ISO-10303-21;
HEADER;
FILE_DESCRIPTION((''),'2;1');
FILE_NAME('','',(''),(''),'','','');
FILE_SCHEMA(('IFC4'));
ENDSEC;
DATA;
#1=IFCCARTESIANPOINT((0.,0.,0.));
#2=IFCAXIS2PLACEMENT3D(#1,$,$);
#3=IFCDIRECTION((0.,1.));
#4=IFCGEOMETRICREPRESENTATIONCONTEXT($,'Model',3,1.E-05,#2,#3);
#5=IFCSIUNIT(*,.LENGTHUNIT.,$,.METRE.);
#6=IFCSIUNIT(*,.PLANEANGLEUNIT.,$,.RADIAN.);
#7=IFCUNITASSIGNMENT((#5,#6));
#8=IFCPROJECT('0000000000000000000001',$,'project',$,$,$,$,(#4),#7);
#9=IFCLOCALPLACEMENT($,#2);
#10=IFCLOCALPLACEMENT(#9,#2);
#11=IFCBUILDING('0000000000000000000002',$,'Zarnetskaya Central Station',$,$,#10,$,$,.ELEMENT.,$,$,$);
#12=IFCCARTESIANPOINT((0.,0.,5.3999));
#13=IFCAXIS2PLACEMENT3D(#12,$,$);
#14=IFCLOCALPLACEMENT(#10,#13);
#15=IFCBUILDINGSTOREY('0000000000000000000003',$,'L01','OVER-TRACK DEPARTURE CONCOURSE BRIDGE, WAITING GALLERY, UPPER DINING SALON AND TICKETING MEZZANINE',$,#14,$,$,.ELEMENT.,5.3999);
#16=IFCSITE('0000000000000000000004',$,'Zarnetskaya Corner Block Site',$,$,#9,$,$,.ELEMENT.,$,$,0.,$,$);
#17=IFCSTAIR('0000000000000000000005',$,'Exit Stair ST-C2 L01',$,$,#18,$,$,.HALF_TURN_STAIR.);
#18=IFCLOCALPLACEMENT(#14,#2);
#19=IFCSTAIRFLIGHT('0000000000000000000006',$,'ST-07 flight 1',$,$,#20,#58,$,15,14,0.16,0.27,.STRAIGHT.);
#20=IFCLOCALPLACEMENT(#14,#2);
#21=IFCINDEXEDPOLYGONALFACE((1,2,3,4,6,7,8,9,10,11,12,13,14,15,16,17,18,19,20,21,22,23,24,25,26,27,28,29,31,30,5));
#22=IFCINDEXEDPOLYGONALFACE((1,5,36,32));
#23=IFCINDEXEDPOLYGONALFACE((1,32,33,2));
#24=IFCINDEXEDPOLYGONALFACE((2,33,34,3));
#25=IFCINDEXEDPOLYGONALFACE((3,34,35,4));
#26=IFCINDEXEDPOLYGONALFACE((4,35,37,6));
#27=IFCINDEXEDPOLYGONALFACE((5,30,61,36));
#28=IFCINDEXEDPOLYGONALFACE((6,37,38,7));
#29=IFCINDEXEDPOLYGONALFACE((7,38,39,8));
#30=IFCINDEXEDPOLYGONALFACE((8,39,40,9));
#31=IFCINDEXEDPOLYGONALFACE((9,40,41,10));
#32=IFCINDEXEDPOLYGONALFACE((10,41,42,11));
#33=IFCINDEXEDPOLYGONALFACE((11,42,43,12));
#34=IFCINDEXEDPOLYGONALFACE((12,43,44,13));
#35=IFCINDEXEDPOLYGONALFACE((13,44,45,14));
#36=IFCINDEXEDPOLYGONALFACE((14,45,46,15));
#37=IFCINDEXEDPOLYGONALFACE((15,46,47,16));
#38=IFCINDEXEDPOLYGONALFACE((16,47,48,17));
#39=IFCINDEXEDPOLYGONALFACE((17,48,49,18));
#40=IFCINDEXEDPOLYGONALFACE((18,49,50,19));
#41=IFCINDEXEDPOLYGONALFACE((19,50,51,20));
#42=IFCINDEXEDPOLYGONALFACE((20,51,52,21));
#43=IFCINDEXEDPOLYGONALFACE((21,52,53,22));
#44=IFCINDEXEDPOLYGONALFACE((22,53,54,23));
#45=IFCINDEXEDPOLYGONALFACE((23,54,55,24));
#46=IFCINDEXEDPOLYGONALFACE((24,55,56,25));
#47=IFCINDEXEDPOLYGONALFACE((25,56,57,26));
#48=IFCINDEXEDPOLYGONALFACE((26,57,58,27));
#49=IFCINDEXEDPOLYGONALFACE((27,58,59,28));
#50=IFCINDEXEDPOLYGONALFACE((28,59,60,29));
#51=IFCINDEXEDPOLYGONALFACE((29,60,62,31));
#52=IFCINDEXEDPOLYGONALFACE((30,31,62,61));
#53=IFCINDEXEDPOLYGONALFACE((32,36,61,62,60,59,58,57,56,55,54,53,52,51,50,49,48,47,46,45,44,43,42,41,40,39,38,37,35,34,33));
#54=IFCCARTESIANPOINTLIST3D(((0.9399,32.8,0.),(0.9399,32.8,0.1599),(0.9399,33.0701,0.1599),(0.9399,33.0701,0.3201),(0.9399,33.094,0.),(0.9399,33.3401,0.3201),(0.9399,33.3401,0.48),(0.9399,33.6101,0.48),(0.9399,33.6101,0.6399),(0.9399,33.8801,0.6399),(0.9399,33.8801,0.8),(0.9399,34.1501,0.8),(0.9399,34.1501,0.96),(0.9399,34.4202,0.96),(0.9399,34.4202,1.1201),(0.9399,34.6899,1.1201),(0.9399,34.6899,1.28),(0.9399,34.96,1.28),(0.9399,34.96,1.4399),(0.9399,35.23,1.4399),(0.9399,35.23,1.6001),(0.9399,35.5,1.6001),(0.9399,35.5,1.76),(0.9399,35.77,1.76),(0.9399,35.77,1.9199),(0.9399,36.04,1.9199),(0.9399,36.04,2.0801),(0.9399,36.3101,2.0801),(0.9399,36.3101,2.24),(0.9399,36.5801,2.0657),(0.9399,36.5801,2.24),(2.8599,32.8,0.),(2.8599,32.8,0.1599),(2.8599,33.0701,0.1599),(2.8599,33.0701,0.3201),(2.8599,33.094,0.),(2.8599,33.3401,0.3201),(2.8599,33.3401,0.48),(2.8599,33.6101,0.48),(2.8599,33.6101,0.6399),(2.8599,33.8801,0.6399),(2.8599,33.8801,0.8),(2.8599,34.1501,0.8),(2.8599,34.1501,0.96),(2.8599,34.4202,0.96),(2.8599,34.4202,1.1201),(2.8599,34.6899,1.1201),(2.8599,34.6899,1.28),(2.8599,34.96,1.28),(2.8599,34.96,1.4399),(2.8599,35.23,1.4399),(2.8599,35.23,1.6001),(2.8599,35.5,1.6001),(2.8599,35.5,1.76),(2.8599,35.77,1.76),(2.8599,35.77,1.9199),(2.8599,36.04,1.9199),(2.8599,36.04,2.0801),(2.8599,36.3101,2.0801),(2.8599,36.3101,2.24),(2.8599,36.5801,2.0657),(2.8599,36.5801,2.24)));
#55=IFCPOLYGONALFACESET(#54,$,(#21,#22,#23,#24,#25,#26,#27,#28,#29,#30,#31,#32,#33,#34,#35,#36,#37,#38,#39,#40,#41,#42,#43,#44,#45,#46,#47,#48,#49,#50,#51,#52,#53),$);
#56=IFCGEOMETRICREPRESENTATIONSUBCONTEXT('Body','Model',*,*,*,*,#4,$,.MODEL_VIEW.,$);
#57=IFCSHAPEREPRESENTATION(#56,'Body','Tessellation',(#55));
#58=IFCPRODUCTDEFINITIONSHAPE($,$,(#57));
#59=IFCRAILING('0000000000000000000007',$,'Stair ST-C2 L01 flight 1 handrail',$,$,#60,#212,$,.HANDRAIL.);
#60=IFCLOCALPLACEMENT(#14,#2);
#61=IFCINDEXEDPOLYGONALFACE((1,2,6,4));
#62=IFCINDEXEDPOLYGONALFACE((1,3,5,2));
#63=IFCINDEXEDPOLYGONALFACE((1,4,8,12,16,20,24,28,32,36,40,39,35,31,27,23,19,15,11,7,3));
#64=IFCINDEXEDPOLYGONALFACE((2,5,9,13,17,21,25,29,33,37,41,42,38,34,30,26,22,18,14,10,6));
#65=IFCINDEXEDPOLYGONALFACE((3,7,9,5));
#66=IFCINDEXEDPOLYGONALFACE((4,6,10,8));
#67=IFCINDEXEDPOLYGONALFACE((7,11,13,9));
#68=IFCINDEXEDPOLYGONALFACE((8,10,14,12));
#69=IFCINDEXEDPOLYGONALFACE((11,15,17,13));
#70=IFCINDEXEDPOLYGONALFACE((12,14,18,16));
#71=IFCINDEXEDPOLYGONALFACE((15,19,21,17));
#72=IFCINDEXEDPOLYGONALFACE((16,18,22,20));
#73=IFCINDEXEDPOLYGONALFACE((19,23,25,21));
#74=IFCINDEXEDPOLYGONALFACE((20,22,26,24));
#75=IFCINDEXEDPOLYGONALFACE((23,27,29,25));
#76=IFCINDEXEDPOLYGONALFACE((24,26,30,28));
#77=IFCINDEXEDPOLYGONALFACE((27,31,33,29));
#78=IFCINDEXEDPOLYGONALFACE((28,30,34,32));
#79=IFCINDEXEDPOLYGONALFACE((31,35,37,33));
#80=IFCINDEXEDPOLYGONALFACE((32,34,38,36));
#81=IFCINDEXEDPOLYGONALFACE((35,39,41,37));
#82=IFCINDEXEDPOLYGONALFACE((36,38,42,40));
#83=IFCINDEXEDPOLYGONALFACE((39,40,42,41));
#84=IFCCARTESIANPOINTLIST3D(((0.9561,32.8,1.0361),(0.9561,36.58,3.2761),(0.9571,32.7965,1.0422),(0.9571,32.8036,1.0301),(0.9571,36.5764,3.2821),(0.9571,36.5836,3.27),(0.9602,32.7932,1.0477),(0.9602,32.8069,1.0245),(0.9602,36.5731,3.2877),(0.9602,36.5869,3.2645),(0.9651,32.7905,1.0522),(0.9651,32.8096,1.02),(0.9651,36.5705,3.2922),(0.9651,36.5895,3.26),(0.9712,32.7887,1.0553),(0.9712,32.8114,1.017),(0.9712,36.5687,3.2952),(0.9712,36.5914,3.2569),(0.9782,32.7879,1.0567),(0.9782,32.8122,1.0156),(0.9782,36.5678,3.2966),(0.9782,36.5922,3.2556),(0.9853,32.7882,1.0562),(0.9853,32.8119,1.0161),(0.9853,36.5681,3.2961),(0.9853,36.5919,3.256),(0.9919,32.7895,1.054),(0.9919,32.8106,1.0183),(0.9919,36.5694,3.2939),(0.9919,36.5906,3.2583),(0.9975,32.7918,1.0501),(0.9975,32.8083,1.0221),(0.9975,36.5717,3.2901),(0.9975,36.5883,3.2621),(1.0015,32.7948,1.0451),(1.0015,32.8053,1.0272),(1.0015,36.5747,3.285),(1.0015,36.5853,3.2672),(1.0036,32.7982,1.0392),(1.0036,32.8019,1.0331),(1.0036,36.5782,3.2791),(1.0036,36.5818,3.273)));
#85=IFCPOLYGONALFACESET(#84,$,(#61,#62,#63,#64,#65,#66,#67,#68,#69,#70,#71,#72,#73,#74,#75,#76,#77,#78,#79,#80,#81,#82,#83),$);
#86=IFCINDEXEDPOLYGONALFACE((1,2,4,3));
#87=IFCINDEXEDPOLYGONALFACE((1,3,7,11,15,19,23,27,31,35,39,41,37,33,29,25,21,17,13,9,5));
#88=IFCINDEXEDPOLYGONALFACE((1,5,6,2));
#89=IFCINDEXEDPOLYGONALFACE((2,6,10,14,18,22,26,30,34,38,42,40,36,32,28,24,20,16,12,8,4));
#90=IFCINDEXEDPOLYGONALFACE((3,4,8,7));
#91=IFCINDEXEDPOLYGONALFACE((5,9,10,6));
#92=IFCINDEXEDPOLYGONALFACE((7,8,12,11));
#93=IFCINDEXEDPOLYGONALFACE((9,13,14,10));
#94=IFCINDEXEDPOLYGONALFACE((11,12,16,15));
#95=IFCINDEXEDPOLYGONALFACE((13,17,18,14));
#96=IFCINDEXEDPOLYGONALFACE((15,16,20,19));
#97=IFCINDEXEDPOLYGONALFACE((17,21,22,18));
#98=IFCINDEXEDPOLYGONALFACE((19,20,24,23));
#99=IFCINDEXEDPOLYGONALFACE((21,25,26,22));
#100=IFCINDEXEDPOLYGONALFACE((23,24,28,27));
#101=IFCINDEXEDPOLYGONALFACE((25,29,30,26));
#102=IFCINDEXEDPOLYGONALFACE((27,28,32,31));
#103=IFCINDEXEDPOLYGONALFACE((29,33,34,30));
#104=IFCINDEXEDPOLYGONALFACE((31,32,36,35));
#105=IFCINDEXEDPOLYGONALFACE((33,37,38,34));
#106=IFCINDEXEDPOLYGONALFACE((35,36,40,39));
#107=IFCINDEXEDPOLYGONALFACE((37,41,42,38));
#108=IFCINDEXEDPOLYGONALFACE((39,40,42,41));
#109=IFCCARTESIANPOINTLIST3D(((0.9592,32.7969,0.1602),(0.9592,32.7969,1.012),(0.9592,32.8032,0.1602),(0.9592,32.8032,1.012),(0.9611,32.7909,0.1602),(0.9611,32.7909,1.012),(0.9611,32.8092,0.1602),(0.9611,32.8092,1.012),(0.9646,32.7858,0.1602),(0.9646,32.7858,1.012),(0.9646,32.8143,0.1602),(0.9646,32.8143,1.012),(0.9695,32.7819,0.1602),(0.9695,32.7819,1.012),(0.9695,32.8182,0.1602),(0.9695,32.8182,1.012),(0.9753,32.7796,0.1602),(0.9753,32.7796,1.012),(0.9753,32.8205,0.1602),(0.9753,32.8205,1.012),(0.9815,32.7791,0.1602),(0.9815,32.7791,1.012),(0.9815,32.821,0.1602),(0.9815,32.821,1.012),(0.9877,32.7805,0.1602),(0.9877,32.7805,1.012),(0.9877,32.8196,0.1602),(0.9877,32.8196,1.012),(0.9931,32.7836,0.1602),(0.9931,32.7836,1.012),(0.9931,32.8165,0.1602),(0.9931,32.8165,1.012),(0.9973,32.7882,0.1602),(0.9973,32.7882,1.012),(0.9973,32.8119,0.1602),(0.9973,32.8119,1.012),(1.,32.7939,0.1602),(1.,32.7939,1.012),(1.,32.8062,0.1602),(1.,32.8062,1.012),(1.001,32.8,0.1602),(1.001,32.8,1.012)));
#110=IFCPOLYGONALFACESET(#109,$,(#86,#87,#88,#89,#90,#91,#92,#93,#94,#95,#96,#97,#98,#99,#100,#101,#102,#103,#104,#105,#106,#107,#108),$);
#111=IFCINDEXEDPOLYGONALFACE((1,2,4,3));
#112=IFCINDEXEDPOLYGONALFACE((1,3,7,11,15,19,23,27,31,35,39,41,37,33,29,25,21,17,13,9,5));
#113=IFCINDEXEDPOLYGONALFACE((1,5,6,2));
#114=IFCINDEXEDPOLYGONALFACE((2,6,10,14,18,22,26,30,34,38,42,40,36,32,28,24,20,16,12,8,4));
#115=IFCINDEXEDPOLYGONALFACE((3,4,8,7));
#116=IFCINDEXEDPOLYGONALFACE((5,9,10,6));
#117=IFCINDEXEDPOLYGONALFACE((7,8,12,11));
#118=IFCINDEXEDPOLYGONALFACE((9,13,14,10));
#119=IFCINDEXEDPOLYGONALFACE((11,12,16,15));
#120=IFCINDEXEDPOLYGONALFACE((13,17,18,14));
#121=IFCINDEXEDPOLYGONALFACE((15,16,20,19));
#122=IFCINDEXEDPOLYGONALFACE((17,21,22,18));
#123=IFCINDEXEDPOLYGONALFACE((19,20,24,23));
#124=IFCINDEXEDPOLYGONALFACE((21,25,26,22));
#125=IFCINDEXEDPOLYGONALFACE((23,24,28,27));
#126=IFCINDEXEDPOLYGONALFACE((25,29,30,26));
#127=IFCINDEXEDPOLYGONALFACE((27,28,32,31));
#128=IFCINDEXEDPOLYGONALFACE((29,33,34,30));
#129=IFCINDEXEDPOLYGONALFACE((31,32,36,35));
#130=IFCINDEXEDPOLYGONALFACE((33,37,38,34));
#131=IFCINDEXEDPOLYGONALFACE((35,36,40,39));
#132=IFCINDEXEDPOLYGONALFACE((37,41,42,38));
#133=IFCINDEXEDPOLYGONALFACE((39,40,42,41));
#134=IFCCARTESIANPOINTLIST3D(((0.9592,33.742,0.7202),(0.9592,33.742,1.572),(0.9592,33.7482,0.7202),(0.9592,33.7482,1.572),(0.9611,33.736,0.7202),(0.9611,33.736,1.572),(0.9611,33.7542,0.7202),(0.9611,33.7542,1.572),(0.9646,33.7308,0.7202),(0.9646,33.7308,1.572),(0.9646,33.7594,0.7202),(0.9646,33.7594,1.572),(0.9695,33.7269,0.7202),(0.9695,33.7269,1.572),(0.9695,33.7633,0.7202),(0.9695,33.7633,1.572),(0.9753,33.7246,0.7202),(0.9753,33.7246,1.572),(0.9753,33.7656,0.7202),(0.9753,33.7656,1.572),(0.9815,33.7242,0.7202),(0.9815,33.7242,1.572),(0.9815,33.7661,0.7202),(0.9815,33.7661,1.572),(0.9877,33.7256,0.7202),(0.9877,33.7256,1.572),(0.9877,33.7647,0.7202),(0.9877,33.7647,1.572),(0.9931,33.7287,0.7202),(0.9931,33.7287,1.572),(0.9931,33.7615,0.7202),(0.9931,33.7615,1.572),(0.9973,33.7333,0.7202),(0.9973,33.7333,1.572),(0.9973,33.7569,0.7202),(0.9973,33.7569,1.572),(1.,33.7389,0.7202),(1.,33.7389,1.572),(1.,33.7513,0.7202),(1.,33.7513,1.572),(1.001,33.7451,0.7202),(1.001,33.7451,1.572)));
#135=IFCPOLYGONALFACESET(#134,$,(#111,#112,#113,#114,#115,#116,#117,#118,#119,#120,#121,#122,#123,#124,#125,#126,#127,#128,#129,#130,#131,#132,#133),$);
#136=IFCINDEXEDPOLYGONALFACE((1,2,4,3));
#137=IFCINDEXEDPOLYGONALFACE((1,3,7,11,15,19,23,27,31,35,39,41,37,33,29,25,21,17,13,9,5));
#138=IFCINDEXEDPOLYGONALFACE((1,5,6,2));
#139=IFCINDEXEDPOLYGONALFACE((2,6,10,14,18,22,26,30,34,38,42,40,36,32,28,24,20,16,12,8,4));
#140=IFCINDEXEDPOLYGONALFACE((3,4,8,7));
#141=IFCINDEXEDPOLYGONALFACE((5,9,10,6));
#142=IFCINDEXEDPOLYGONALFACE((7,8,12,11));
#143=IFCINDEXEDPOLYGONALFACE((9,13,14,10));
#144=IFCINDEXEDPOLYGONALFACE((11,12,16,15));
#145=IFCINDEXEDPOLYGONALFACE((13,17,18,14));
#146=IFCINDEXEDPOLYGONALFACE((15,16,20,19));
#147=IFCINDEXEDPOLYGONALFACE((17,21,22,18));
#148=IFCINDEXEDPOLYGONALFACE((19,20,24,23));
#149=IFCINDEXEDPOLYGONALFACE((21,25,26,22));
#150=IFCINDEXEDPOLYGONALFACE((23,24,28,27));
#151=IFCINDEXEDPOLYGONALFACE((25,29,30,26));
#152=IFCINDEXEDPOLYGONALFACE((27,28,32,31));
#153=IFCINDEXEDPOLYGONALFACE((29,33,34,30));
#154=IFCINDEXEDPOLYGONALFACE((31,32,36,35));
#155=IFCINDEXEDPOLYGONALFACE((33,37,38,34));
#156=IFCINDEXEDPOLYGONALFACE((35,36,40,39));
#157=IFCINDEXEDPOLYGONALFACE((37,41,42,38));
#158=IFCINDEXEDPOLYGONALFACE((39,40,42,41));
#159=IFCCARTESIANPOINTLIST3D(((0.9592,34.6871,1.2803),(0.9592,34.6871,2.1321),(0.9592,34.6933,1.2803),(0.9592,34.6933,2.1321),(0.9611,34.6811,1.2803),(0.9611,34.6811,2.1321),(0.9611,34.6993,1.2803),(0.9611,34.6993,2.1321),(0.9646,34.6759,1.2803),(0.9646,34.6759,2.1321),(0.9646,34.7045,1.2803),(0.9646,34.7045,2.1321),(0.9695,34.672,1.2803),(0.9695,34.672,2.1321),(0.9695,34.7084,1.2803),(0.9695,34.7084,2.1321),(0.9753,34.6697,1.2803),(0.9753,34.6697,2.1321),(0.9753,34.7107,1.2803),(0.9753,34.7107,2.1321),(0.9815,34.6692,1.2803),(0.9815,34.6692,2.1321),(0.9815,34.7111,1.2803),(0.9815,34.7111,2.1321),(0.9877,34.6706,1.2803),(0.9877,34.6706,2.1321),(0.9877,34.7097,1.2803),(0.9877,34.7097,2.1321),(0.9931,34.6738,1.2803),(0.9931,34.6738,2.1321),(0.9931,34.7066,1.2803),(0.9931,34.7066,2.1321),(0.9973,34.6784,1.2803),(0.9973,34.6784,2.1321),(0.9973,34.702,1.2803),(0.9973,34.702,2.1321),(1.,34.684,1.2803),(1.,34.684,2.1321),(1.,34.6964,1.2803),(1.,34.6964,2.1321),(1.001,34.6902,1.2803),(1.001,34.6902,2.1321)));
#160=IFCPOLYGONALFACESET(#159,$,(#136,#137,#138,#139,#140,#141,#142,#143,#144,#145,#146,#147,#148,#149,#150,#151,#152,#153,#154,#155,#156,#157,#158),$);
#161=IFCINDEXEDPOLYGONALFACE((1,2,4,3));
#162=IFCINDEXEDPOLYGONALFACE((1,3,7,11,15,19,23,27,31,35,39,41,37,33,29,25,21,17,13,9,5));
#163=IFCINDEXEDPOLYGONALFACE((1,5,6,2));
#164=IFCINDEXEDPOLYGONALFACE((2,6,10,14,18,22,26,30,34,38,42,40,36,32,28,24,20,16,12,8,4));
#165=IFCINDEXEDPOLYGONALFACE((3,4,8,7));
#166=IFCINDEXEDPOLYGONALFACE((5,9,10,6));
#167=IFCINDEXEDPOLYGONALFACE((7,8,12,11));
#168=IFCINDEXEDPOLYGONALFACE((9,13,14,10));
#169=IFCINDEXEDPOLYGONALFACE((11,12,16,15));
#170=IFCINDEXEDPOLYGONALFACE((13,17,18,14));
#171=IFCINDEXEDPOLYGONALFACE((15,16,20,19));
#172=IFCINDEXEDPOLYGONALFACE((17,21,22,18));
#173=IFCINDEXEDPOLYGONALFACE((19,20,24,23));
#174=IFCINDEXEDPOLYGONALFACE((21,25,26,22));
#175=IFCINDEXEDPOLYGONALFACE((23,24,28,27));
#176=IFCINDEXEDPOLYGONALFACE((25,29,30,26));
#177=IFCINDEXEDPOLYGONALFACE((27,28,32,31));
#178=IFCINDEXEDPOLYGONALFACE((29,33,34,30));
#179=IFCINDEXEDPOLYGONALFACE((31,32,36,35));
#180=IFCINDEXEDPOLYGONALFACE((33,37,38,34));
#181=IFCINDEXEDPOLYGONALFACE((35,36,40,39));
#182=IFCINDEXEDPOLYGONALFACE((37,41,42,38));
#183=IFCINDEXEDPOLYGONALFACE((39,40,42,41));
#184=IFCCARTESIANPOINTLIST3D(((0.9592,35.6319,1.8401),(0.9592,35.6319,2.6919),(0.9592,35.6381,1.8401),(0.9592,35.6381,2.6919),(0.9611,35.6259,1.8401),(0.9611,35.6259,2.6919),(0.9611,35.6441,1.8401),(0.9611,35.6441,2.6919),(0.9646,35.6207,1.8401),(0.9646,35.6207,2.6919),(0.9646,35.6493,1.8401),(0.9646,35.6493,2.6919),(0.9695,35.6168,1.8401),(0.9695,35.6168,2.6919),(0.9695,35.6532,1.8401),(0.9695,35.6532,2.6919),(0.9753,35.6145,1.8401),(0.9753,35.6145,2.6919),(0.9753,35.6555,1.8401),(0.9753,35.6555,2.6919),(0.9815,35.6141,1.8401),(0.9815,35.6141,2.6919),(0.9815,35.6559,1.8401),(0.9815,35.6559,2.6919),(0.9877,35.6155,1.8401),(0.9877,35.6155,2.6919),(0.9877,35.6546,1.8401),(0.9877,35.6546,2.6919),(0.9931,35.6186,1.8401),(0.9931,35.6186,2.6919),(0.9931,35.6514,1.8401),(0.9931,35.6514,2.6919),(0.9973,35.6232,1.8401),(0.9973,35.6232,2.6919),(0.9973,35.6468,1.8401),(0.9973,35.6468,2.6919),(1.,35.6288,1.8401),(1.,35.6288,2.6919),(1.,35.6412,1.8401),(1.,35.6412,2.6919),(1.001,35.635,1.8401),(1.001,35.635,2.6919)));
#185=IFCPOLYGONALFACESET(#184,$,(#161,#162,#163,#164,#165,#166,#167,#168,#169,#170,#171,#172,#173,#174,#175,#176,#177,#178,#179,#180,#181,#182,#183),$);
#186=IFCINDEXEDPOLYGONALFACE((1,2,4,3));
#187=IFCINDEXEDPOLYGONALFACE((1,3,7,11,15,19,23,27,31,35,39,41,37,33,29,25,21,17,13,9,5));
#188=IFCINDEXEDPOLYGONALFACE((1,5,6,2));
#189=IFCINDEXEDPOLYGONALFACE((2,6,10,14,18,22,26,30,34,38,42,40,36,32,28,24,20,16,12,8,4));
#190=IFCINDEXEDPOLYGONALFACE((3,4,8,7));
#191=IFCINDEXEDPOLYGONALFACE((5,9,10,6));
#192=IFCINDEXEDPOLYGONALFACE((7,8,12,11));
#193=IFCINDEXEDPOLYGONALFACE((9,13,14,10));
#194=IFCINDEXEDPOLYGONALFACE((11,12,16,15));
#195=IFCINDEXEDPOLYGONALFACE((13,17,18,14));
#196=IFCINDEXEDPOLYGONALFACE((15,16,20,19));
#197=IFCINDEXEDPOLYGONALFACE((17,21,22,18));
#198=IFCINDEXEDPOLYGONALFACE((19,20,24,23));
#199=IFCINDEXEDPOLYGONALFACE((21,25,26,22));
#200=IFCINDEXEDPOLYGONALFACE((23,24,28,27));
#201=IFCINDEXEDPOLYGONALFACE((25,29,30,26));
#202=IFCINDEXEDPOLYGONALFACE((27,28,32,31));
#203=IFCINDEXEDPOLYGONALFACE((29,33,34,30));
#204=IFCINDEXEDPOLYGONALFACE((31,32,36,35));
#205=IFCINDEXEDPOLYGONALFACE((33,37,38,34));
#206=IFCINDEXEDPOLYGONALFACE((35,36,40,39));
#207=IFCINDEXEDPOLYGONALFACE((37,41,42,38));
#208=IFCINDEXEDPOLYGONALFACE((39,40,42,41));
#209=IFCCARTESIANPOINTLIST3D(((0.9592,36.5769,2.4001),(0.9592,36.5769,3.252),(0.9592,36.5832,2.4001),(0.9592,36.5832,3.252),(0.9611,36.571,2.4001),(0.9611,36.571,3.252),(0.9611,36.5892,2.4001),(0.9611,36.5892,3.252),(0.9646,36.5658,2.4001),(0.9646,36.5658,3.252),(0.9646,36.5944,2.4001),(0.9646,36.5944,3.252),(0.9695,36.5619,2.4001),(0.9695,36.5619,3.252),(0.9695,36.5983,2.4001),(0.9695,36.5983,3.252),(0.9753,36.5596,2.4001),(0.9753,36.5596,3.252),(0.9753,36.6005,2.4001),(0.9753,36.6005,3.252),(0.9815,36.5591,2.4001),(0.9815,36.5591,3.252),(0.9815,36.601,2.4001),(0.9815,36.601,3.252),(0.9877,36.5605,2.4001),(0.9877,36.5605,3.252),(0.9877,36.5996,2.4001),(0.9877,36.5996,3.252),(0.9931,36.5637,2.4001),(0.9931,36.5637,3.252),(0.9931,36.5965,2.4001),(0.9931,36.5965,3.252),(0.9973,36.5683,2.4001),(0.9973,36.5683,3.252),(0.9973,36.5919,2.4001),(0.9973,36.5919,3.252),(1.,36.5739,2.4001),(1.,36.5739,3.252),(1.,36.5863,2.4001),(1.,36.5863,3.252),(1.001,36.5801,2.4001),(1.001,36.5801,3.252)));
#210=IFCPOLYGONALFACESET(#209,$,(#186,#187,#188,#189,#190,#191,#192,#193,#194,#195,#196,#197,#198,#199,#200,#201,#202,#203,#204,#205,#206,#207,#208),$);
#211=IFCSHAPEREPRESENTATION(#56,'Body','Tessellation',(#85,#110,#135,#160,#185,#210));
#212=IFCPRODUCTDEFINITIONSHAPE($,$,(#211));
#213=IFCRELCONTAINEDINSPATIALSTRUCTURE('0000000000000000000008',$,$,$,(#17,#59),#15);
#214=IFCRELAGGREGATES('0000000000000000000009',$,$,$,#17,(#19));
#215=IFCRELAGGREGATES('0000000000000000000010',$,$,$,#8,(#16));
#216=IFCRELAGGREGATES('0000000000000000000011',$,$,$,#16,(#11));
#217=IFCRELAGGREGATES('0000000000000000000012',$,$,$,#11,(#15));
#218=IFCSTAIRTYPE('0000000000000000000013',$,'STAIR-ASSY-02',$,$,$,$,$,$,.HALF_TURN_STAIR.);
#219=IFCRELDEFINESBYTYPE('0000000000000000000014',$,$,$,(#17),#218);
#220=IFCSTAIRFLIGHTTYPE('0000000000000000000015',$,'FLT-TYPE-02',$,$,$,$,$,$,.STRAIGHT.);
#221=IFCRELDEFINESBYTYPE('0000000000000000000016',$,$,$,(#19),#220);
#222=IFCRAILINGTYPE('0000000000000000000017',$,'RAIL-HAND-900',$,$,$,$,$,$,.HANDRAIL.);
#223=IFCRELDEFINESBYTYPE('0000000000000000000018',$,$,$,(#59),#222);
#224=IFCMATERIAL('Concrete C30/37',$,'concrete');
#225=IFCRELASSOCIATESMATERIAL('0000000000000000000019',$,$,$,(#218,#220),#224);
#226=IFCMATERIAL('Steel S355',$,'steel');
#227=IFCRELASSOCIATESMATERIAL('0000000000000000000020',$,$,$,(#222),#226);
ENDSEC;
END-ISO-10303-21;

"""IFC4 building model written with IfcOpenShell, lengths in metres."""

from ifc_helpers import new_model, si_unit, direction, frame, origin, origin_2d, place, context, subcontext, project, spatial, polyline, circle, outline, extrude, material, type_object, element, aggregate, save


model = new_model("IFC4")

# Units and contexts
model_context = context("Model", 3, precision=1e-05, world=origin(), true_north=direction((0.0, 1.0)))
body_context = subcontext(model_context, "Body", "Model", "MODEL_VIEW")
ifc_project = project(units=[si_unit("LENGTHUNIT", "METRE"), si_unit("PLANEANGLEUNIT", "RADIAN")], contexts=[model_context])

# Site, building, storey
site_placement = place(None, origin())
site = spatial("IfcSite", under=ifc_project, at=site_placement, Name="Zarnetskaya Corner Block Site", CompositionType="ELEMENT", RefElevation=0.0)
building_placement = place(site_placement, origin())
building = spatial("IfcBuilding", under=site, at=building_placement, Name="Zarnetskaya Central Station", CompositionType="ELEMENT")
storey_placement = place(building_placement, frame((0.0, 0.0, 5.3999)))
storey = spatial("IfcBuildingStorey", under=building, at=storey_placement, Name="L01", Description="OVER-TRACK DEPARTURE CONCOURSE BRIDGE, WAITING GALLERY, UPPER DINING SALON AND TICKETING MEZZANINE", CompositionType="ELEMENT", Elevation=5.3999)

# Shared definitions
ifc_material_1 = material(Name="Steel S355", Category="steel")

# Stair, stair flight
ifc_material_2 = material(Name="Concrete C30/37", Category="concrete")
stair_type = type_object("IfcStairType", Name="STAIR-ASSY-02", PredefinedType="HALF_TURN_STAIR", material=ifc_material_2)
stair_placement = place(storey_placement, origin())
stair = element("IfcStair", 1, at=stair_placement, inside=storey, type_object=stair_type, Name="Exit Stair ST-C2 L01", PredefinedType="HALF_TURN_STAIR")
stair_flight_type = type_object("IfcStairFlightType", Name="FLT-TYPE-02", PredefinedType="STRAIGHT", material=ifc_material_2)
stair_flight_placement = place(storey_placement, frame((1.8999, 32.8, 0.0), z_axis=(0.0, 0.0, 1.0), x_axis=(0.0, 1.0, 0.0)))
stair_flight = element("IfcStairFlight", 2, at=stair_flight_placement, type_object=stair_flight_type, Name="ST-07 flight 1", NumberOfRisers=15, NumberOfTreads=14, PredefinedType="STRAIGHT", RiserHeight=0.16, TreadLength=0.27, context=body_context, shape_type="SweptSolid", body=[
    extrude(outline(polyline([(0.0, 0.0), (0.0, 0.1599), (0.27, 0.1599), (0.27, 0.3201), (0.54, 0.3201), (0.54, 0.48), (0.8101, 0.48), (0.8101, 0.6399), (1.0801, 0.6399), (1.0801, 0.8), (1.3501, 0.8), (1.3501, 0.96), (1.6201, 0.96), (1.6201, 1.1201), (1.8899, 1.1201), (1.8899, 1.28), (2.1599, 1.28), (2.1599, 1.4399), (2.4299, 1.4399), (2.4299, 1.6001), (2.7, 1.6001), (2.7, 1.76), (2.97, 1.76), (2.97, 1.9199), (3.24, 1.9199), (3.24, 2.0801), (3.51, 2.0801), (3.51, 2.24), (3.78, 2.24), (3.78, 2.3999), (3.78, 2.0657), (0.2939, 0.0), (0.0, 0.0)])), frame((0.0, 0.96, 0.0), z_axis=(0.0, -1.0, 0.0), x_axis=(1.0, 0.0, 0.0)), (0.0, 0.0, 1.0), 1.9199),
])
aggregate(stair, [stair_flight])

# Railing
railing_type_1 = type_object("IfcRailingType", Name="RAIL-HAND-900", PredefinedType="HANDRAIL", material=ifc_material_1)
railing_1_placement = place(storey_placement, frame((0.98, 32.8, 0.1602)))
element("IfcRailing", 3, at=railing_1_placement, inside=storey, type_object=railing_type_1, Name="Stair ST-C2 L01 flight 1 handrail", PredefinedType="HANDRAIL", context=body_context, shape_type="SweptSolid", body=[
    extrude(circle(Radius=0.0239, at=origin_2d()), frame((0.0, 0.0, 0.876), z_axis=(0.0, 0.860294, 0.509798), x_axis=(-1.0, 0.0, 0.0)), (0.0, 0.0, 1.0), 4.3938),
    extrude(circle(Radius=0.021, at=origin_2d()), origin(), (0.0, 0.0, 1.0), 0.8518),
    extrude(circle(Radius=0.021, at=origin_2d()), frame((0.0, 0.9451, 0.5601)), (0.0, 0.0, 1.0), 0.8518),
    extrude(circle(Radius=0.021, at=origin_2d()), frame((0.0, 1.8901, 1.1201)), (0.0, 0.0, 1.0), 0.8518),
    extrude(circle(Radius=0.021, at=origin_2d()), frame((0.0, 2.835, 1.6799)), (0.0, 0.0, 1.0), 0.8518),
    extrude(circle(Radius=0.021, at=origin_2d()), frame((0.0, 3.78, 2.24)), (0.0, 0.0, 1.0), 0.8518),
])

save(model, "model.ifc")
